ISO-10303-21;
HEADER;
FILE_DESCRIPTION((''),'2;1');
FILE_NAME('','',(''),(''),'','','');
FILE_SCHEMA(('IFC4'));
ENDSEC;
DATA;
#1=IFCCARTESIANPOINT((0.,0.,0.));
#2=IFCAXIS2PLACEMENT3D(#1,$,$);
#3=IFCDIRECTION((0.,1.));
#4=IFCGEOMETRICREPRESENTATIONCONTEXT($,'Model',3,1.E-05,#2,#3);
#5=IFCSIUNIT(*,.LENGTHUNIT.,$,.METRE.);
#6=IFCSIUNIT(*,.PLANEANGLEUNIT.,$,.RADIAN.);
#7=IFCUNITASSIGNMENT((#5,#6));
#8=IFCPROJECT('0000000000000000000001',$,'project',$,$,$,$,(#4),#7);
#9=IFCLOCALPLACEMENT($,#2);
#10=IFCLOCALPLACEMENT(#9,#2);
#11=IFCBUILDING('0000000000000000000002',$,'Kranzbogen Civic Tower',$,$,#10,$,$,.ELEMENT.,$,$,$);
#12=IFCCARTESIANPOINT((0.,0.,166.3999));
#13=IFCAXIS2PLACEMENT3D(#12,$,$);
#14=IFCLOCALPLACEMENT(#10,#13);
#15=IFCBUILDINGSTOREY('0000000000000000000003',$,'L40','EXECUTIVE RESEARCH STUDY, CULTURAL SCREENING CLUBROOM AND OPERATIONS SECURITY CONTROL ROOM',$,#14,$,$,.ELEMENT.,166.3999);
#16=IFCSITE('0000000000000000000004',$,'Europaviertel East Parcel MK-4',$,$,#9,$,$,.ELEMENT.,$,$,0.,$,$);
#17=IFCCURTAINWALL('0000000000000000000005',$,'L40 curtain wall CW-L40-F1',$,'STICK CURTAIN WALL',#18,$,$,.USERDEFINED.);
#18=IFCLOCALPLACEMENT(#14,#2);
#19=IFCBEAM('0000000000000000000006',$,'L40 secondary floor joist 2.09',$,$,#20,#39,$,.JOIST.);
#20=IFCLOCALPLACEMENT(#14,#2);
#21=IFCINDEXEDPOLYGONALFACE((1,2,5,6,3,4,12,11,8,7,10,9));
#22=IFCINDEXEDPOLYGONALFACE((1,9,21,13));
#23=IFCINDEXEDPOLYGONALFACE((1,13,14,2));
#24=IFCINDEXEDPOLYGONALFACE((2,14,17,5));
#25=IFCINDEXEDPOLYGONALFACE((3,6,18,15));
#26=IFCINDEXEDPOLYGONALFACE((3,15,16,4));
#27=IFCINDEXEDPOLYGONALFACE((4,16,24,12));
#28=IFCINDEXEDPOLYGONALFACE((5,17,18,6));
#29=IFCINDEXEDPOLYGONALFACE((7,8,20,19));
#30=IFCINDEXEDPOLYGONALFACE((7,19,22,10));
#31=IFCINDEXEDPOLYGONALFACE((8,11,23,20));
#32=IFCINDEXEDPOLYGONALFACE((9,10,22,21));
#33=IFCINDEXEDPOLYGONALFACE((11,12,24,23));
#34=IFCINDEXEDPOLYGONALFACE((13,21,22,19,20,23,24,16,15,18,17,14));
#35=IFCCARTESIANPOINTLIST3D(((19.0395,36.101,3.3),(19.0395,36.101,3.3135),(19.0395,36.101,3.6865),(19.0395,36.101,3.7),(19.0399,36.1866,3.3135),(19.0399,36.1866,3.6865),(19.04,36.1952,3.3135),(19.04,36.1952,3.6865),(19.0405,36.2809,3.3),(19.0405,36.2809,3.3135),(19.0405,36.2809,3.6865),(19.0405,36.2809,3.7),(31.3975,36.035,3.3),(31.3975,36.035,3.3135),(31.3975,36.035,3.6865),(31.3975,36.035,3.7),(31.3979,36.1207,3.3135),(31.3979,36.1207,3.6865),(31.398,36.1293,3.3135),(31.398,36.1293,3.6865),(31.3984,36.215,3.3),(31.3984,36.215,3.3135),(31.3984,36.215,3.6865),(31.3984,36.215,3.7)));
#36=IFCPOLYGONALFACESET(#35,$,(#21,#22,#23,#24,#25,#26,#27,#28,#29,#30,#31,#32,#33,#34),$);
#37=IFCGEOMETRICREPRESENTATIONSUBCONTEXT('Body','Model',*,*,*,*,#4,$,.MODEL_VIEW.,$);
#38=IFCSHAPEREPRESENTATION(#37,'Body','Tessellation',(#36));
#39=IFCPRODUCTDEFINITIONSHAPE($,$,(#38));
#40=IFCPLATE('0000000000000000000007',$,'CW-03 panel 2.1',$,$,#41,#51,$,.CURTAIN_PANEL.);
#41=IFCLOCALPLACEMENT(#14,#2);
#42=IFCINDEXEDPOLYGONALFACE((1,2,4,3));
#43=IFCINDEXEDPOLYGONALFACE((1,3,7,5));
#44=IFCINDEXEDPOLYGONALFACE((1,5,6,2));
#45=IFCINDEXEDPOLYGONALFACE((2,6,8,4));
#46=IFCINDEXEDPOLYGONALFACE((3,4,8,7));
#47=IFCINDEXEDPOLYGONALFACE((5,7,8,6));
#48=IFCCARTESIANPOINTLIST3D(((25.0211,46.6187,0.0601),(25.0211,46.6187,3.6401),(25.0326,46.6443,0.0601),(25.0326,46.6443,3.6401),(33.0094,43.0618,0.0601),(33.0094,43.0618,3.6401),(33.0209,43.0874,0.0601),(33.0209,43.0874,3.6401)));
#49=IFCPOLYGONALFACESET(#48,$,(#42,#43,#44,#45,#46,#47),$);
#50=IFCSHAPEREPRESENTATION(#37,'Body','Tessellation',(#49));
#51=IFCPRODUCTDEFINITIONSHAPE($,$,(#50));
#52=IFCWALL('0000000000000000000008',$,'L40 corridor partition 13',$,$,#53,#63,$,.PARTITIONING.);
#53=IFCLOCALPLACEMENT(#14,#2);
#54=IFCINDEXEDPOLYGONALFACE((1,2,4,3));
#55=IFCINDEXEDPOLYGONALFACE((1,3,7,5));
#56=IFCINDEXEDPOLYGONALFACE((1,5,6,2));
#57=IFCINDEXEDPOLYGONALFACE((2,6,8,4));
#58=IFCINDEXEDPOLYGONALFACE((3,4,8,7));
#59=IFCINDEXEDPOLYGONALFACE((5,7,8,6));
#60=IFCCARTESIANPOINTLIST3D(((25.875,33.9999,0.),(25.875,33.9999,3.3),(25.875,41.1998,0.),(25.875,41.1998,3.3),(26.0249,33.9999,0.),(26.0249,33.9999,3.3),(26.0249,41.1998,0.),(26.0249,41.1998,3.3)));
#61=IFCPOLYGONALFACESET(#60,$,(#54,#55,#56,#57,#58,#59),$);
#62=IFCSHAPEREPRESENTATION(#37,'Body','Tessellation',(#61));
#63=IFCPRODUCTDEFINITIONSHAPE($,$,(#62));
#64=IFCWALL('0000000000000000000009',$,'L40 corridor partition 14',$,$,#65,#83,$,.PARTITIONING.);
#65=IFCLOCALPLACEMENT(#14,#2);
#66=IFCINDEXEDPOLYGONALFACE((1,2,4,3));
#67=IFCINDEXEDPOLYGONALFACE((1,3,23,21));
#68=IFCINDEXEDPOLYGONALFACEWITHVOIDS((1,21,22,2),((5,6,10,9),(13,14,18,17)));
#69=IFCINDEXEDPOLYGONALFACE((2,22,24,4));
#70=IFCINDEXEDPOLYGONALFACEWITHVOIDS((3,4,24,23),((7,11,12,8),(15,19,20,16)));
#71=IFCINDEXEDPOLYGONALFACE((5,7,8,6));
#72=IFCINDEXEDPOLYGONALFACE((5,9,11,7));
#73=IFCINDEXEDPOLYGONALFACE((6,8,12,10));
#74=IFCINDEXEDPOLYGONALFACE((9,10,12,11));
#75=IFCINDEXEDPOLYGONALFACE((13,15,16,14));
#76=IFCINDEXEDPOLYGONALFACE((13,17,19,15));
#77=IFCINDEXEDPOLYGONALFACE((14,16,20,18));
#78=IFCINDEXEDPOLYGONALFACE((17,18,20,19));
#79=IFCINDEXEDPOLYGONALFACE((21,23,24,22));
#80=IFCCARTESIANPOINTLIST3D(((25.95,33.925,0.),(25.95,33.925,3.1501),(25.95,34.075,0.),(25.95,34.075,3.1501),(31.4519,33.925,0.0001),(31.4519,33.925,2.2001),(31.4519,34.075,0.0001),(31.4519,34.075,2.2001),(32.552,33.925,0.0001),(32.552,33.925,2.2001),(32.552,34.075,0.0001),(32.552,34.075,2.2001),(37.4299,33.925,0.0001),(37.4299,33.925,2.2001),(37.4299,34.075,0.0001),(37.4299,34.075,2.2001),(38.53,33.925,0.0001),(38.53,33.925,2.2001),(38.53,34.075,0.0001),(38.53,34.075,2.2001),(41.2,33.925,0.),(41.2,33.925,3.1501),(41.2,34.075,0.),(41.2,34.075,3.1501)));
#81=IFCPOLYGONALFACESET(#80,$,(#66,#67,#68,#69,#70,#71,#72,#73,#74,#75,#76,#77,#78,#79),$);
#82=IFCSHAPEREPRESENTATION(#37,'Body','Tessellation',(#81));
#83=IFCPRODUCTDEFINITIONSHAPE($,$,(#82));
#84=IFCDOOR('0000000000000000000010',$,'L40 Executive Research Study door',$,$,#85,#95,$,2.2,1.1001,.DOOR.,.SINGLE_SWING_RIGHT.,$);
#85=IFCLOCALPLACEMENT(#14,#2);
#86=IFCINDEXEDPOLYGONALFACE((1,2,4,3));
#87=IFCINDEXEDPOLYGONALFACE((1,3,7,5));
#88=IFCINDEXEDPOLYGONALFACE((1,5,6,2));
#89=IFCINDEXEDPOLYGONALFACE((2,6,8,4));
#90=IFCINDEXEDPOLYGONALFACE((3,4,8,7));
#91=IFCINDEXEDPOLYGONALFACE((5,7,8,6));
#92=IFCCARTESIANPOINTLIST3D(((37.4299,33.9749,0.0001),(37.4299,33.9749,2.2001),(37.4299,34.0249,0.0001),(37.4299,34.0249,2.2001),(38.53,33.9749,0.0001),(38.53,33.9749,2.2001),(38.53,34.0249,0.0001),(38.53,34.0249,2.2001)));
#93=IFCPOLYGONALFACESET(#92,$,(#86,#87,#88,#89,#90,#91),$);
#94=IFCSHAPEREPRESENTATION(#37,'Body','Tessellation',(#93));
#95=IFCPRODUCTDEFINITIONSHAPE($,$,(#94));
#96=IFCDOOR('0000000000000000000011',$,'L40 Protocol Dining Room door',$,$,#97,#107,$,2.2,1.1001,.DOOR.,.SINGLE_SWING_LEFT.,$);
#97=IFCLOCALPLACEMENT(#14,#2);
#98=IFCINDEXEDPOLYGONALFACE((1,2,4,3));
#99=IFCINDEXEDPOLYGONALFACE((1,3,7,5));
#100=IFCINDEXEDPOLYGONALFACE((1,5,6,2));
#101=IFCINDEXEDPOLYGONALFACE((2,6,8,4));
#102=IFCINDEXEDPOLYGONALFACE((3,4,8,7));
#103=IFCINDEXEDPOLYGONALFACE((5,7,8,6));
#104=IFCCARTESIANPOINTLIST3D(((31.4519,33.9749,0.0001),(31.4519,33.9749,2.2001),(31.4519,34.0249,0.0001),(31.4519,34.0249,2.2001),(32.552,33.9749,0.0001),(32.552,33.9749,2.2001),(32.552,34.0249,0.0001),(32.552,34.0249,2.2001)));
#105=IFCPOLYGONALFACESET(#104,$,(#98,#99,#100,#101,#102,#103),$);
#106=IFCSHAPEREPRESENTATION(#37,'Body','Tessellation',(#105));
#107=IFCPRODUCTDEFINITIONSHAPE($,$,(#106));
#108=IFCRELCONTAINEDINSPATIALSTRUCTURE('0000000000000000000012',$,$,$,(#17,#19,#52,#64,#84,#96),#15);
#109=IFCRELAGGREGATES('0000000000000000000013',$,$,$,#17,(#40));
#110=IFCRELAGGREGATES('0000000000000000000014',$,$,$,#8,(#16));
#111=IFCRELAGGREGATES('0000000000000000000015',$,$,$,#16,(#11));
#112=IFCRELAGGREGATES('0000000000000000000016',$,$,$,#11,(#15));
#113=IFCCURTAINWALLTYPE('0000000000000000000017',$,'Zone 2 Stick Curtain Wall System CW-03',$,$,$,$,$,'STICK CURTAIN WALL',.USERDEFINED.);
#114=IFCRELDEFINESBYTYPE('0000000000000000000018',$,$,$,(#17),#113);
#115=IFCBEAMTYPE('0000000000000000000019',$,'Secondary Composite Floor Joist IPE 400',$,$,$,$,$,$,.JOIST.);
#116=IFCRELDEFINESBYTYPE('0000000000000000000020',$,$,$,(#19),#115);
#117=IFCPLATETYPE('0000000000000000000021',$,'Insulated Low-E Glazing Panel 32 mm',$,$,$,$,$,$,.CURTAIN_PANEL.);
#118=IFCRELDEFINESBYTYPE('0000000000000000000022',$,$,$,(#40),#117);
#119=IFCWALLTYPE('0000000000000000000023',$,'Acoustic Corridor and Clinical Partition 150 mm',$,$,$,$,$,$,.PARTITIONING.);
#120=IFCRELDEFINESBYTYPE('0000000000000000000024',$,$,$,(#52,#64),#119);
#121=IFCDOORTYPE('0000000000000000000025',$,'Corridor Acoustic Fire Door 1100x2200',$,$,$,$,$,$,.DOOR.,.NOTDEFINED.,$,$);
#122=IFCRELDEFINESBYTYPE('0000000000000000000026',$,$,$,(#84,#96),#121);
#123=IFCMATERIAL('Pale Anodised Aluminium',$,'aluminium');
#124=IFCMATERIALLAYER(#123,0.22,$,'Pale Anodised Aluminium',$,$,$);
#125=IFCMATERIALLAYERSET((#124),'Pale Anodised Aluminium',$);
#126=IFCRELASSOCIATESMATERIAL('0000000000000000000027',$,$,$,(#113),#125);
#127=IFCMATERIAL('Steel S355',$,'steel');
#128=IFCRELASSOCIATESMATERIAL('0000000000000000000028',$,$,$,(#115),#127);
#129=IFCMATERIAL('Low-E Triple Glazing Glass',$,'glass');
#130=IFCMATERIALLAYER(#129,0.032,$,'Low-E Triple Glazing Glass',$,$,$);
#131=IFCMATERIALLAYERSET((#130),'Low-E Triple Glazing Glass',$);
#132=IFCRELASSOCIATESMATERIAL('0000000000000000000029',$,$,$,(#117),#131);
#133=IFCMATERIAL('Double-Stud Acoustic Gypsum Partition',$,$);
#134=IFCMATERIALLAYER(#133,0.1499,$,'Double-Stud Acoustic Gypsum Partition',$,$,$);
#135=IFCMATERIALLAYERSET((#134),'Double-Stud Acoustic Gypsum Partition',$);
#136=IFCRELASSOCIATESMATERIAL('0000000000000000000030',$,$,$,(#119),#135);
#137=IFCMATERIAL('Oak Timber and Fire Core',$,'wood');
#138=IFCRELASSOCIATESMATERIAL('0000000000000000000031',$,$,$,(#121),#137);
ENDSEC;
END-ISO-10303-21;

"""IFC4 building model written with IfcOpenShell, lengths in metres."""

from ifc_helpers import new_model, si_unit, direction, frame, frame_2d, origin, origin_2d, place, context, subcontext, project, spatial, rectangle, i_section, extrude, material, layer, layer_set, material_profile, profile_set, type_object, element, fill, aggregate, save


model = new_model("IFC4")

# Units and contexts
model_context = context("Model", 3, precision=1e-05, world=origin(), true_north=direction((0.0, 1.0)))
body_context = subcontext(model_context, "Body", "Model", "MODEL_VIEW")
ifc_project = project(units=[si_unit("LENGTHUNIT", "METRE"), si_unit("PLANEANGLEUNIT", "RADIAN")], contexts=[model_context])

# Site, building, storey
site_placement = place(None, origin())
site = spatial("IfcSite", under=ifc_project, at=site_placement, Name="Europaviertel East Parcel MK-4", CompositionType="ELEMENT", RefElevation=0.0)
building_placement = place(site_placement, origin())
building = spatial("IfcBuilding", under=site, at=building_placement, Name="Kranzbogen Civic Tower", CompositionType="ELEMENT")
storey_placement = place(building_placement, frame((0.0, 0.0, 166.3999)))
storey = spatial("IfcBuildingStorey", under=building, at=storey_placement, Name="L40", Description="EXECUTIVE RESEARCH STUDY, CULTURAL SCREENING CLUBROOM AND OPERATIONS SECURITY CONTROL ROOM", CompositionType="ELEMENT", Elevation=166.3999)

# Shared definitions
ifc_material_1 = material(Name="Steel S355", Category="steel")

# Curtain wall
ifc_material_2 = material(Name="Pale Anodised Aluminium", Category="aluminium")
ifc_layer_1 = layer(ifc_material_2, 0.22, Name="Pale Anodised Aluminium")
ifc_layer_set_1 = layer_set([ifc_layer_1], Name="Pale Anodised Aluminium")
curtain_wall_type = type_object("IfcCurtainWallType", Name="Zone 2 Stick Curtain Wall System CW-03", ElementType="STICK CURTAIN WALL", PredefinedType="USERDEFINED", material=ifc_layer_set_1)
curtain_wall_placement = place(storey_placement, origin())
curtain_wall = element("IfcCurtainWall", 1, at=curtain_wall_placement, inside=storey, type_object=curtain_wall_type, Name="L40 curtain wall CW-L40-F1", ObjectType="STICK CURTAIN WALL", PredefinedType="USERDEFINED")

# Beam
ifc_material_profile_1 = material_profile(ifc_material_1, i_section(OverallWidth=0.1799, OverallDepth=0.3999, WebThickness=0.0085, FlangeThickness=0.0134, at=origin_2d()), Name="IPE 400")
ifc_profile_set_1 = profile_set([ifc_material_profile_1], Name="Steel S355")
beam_type_1 = type_object("IfcBeamType", Name="Secondary Composite Floor Joist IPE 400", PredefinedType="JOIST", material=ifc_profile_set_1)
beam_1_placement = place(storey_placement, frame((31.3979, 36.125, 3.5), z_axis=(-0.999986, 0.005334, 0.0), x_axis=(-0.005334, -0.999986, 0.0)))
element("IfcBeam", 2, at=beam_1_placement, inside=storey, type_object=beam_type_1, Name="L40 secondary floor joist 2.09", PredefinedType="JOIST", context=body_context, shape_type="SweptSolid", body=[
    extrude(i_section(OverallWidth=0.1799, OverallDepth=0.3999, WebThickness=0.0085, FlangeThickness=0.0134, at=origin_2d()), origin(), (0.0, 0.0, 1.0), 12.3582),
])

# Plate
ifc_material_3 = material(Name="Low-E Triple Glazing Glass", Category="glass")
ifc_layer_2 = layer(ifc_material_3, 0.032, Name="Low-E Triple Glazing Glass")
ifc_layer_set_2 = layer_set([ifc_layer_2], Name="Low-E Triple Glazing Glass")
plate_type = type_object("IfcPlateType", Name="Insulated Low-E Glazing Panel 32 mm", PredefinedType="CURTAIN_PANEL", material=ifc_layer_set_2)
plate_placement = place(storey_placement, frame((29.021, 44.853, 0.0601), z_axis=(0.0, 0.0, 1.0), x_axis=(-0.913534, 0.406763, 0.0)))
plate = element("IfcPlate", 3, at=plate_placement, type_object=plate_type, Name="CW-03 panel 2.1", PredefinedType="CURTAIN_PANEL", context=body_context, shape_type="SweptSolid", body=[
    extrude(rectangle(XDim=8.7444, YDim=0.0281, at=origin_2d()), origin(), (0.0, 0.0, 1.0), 3.5801),
])
aggregate(curtain_wall, [plate])

# Wall
ifc_material_4 = material(Name="Double-Stud Acoustic Gypsum Partition")
ifc_layer_3 = layer(ifc_material_4, 0.1499, Name="Double-Stud Acoustic Gypsum Partition")
ifc_layer_set_3 = layer_set([ifc_layer_3], Name="Double-Stud Acoustic Gypsum Partition")
wall_type_1 = type_object("IfcWallType", Name="Acoustic Corridor and Clinical Partition 150 mm", PredefinedType="PARTITIONING", material=ifc_layer_set_3)
wall_1_placement = place(storey_placement, frame((25.95, 41.2, 0.0), z_axis=(0.0, 0.0, 1.0), x_axis=(0.0, -1.0, 0.0)))
element("IfcWall", 4, at=wall_1_placement, inside=storey, type_object=wall_type_1, Name="L40 corridor partition 13", PredefinedType="PARTITIONING", context=body_context, shape_type="SweptSolid", body=[
    extrude(rectangle(XDim=7.2, YDim=0.1499, at=frame_2d((3.6001, 0.0))), origin(), (0.0, 0.0, 1.0), 3.3),
])

# Wall, openings, doors
wall_2_placement = place(storey_placement, frame((25.95, 34.0, 0.0), z_axis=(0.0, 0.0, 1.0), x_axis=(1.0, 0.0, 0.0)))
wall_2 = element("IfcWall", 5, at=wall_2_placement, inside=storey, type_object=wall_type_1, Name="L40 corridor partition 14", PredefinedType="PARTITIONING", context=body_context, shape_type="SweptSolid", body=[
    extrude(rectangle(XDim=15.25, YDim=0.1499, at=frame_2d((7.625, 0.0))), origin(), (0.0, 0.0, 1.0), 3.1501),
])
opening_1_placement = place(wall_2_placement, frame((11.48, 0.0, 0.0)))
opening_1 = element("IfcOpeningElement", 6, at=opening_1_placement, cuts=wall_2, PredefinedType="OPENING", context=body_context, shape_type="SweptSolid", body=[
    extrude(rectangle(XDim=1.1001, YDim=2.2, at=frame_2d((0.55, 1.1001))), frame((0.0, 0.085, 0.0), z_axis=(0.0, -1.0, 0.0), x_axis=(1.0, 0.0, 0.0)), (0.0, 0.0, 1.0), 0.1699),
])
opening_2_placement = place(wall_2_placement, frame((5.502, 0.0, 0.0)))
opening_2 = element("IfcOpeningElement", 7, at=opening_2_placement, cuts=wall_2, PredefinedType="OPENING", context=body_context, shape_type="SweptSolid", body=[
    extrude(rectangle(XDim=1.1001, YDim=2.2, at=frame_2d((0.55, 1.1001))), frame((0.0, 0.085, 0.0), z_axis=(0.0, -1.0, 0.0), x_axis=(1.0, 0.0, 0.0)), (0.0, 0.0, 1.0), 0.1699),
])
ifc_material_5 = material(Name="Oak Timber and Fire Core", Category="wood")
door_type_1 = type_object("IfcDoorType", Name="Corridor Acoustic Fire Door 1100x2200", OperationType="NOTDEFINED", PredefinedType="DOOR", material=ifc_material_5)
door_1_placement = place(opening_1_placement, origin())
door_1 = element("IfcDoor", 8, at=door_1_placement, inside=storey, type_object=door_type_1, Name="L40 Executive Research Study door", OperationType="SINGLE_SWING_RIGHT", OverallHeight=2.2, OverallWidth=1.1001, PredefinedType="DOOR", context=body_context, shape_type="SweptSolid", body=[
    extrude(rectangle(XDim=1.1001, YDim=2.2, at=frame_2d((0.55, 1.1001))), frame((0.0, 0.0249, 0.0), z_axis=(0.0, -1.0, 0.0), x_axis=(1.0, 0.0, 0.0)), (0.0, 0.0, 1.0), 0.05),
])
fill(opening_1, door_1)
door_2_placement = place(opening_2_placement, origin())
door_2 = element("IfcDoor", 9, at=door_2_placement, inside=storey, type_object=door_type_1, Name="L40 Protocol Dining Room door", OperationType="SINGLE_SWING_LEFT", OverallHeight=2.2, OverallWidth=1.1001, PredefinedType="DOOR", context=body_context, shape_type="SweptSolid", body=[
    extrude(rectangle(XDim=1.1001, YDim=2.2, at=frame_2d((0.55, 1.1001))), frame((0.0, 0.0249, 0.0), z_axis=(0.0, -1.0, 0.0), x_axis=(1.0, 0.0, 0.0)), (0.0, 0.0, 1.0), 0.05),
])
fill(opening_2, door_2)

save(model, "model.ifc")
